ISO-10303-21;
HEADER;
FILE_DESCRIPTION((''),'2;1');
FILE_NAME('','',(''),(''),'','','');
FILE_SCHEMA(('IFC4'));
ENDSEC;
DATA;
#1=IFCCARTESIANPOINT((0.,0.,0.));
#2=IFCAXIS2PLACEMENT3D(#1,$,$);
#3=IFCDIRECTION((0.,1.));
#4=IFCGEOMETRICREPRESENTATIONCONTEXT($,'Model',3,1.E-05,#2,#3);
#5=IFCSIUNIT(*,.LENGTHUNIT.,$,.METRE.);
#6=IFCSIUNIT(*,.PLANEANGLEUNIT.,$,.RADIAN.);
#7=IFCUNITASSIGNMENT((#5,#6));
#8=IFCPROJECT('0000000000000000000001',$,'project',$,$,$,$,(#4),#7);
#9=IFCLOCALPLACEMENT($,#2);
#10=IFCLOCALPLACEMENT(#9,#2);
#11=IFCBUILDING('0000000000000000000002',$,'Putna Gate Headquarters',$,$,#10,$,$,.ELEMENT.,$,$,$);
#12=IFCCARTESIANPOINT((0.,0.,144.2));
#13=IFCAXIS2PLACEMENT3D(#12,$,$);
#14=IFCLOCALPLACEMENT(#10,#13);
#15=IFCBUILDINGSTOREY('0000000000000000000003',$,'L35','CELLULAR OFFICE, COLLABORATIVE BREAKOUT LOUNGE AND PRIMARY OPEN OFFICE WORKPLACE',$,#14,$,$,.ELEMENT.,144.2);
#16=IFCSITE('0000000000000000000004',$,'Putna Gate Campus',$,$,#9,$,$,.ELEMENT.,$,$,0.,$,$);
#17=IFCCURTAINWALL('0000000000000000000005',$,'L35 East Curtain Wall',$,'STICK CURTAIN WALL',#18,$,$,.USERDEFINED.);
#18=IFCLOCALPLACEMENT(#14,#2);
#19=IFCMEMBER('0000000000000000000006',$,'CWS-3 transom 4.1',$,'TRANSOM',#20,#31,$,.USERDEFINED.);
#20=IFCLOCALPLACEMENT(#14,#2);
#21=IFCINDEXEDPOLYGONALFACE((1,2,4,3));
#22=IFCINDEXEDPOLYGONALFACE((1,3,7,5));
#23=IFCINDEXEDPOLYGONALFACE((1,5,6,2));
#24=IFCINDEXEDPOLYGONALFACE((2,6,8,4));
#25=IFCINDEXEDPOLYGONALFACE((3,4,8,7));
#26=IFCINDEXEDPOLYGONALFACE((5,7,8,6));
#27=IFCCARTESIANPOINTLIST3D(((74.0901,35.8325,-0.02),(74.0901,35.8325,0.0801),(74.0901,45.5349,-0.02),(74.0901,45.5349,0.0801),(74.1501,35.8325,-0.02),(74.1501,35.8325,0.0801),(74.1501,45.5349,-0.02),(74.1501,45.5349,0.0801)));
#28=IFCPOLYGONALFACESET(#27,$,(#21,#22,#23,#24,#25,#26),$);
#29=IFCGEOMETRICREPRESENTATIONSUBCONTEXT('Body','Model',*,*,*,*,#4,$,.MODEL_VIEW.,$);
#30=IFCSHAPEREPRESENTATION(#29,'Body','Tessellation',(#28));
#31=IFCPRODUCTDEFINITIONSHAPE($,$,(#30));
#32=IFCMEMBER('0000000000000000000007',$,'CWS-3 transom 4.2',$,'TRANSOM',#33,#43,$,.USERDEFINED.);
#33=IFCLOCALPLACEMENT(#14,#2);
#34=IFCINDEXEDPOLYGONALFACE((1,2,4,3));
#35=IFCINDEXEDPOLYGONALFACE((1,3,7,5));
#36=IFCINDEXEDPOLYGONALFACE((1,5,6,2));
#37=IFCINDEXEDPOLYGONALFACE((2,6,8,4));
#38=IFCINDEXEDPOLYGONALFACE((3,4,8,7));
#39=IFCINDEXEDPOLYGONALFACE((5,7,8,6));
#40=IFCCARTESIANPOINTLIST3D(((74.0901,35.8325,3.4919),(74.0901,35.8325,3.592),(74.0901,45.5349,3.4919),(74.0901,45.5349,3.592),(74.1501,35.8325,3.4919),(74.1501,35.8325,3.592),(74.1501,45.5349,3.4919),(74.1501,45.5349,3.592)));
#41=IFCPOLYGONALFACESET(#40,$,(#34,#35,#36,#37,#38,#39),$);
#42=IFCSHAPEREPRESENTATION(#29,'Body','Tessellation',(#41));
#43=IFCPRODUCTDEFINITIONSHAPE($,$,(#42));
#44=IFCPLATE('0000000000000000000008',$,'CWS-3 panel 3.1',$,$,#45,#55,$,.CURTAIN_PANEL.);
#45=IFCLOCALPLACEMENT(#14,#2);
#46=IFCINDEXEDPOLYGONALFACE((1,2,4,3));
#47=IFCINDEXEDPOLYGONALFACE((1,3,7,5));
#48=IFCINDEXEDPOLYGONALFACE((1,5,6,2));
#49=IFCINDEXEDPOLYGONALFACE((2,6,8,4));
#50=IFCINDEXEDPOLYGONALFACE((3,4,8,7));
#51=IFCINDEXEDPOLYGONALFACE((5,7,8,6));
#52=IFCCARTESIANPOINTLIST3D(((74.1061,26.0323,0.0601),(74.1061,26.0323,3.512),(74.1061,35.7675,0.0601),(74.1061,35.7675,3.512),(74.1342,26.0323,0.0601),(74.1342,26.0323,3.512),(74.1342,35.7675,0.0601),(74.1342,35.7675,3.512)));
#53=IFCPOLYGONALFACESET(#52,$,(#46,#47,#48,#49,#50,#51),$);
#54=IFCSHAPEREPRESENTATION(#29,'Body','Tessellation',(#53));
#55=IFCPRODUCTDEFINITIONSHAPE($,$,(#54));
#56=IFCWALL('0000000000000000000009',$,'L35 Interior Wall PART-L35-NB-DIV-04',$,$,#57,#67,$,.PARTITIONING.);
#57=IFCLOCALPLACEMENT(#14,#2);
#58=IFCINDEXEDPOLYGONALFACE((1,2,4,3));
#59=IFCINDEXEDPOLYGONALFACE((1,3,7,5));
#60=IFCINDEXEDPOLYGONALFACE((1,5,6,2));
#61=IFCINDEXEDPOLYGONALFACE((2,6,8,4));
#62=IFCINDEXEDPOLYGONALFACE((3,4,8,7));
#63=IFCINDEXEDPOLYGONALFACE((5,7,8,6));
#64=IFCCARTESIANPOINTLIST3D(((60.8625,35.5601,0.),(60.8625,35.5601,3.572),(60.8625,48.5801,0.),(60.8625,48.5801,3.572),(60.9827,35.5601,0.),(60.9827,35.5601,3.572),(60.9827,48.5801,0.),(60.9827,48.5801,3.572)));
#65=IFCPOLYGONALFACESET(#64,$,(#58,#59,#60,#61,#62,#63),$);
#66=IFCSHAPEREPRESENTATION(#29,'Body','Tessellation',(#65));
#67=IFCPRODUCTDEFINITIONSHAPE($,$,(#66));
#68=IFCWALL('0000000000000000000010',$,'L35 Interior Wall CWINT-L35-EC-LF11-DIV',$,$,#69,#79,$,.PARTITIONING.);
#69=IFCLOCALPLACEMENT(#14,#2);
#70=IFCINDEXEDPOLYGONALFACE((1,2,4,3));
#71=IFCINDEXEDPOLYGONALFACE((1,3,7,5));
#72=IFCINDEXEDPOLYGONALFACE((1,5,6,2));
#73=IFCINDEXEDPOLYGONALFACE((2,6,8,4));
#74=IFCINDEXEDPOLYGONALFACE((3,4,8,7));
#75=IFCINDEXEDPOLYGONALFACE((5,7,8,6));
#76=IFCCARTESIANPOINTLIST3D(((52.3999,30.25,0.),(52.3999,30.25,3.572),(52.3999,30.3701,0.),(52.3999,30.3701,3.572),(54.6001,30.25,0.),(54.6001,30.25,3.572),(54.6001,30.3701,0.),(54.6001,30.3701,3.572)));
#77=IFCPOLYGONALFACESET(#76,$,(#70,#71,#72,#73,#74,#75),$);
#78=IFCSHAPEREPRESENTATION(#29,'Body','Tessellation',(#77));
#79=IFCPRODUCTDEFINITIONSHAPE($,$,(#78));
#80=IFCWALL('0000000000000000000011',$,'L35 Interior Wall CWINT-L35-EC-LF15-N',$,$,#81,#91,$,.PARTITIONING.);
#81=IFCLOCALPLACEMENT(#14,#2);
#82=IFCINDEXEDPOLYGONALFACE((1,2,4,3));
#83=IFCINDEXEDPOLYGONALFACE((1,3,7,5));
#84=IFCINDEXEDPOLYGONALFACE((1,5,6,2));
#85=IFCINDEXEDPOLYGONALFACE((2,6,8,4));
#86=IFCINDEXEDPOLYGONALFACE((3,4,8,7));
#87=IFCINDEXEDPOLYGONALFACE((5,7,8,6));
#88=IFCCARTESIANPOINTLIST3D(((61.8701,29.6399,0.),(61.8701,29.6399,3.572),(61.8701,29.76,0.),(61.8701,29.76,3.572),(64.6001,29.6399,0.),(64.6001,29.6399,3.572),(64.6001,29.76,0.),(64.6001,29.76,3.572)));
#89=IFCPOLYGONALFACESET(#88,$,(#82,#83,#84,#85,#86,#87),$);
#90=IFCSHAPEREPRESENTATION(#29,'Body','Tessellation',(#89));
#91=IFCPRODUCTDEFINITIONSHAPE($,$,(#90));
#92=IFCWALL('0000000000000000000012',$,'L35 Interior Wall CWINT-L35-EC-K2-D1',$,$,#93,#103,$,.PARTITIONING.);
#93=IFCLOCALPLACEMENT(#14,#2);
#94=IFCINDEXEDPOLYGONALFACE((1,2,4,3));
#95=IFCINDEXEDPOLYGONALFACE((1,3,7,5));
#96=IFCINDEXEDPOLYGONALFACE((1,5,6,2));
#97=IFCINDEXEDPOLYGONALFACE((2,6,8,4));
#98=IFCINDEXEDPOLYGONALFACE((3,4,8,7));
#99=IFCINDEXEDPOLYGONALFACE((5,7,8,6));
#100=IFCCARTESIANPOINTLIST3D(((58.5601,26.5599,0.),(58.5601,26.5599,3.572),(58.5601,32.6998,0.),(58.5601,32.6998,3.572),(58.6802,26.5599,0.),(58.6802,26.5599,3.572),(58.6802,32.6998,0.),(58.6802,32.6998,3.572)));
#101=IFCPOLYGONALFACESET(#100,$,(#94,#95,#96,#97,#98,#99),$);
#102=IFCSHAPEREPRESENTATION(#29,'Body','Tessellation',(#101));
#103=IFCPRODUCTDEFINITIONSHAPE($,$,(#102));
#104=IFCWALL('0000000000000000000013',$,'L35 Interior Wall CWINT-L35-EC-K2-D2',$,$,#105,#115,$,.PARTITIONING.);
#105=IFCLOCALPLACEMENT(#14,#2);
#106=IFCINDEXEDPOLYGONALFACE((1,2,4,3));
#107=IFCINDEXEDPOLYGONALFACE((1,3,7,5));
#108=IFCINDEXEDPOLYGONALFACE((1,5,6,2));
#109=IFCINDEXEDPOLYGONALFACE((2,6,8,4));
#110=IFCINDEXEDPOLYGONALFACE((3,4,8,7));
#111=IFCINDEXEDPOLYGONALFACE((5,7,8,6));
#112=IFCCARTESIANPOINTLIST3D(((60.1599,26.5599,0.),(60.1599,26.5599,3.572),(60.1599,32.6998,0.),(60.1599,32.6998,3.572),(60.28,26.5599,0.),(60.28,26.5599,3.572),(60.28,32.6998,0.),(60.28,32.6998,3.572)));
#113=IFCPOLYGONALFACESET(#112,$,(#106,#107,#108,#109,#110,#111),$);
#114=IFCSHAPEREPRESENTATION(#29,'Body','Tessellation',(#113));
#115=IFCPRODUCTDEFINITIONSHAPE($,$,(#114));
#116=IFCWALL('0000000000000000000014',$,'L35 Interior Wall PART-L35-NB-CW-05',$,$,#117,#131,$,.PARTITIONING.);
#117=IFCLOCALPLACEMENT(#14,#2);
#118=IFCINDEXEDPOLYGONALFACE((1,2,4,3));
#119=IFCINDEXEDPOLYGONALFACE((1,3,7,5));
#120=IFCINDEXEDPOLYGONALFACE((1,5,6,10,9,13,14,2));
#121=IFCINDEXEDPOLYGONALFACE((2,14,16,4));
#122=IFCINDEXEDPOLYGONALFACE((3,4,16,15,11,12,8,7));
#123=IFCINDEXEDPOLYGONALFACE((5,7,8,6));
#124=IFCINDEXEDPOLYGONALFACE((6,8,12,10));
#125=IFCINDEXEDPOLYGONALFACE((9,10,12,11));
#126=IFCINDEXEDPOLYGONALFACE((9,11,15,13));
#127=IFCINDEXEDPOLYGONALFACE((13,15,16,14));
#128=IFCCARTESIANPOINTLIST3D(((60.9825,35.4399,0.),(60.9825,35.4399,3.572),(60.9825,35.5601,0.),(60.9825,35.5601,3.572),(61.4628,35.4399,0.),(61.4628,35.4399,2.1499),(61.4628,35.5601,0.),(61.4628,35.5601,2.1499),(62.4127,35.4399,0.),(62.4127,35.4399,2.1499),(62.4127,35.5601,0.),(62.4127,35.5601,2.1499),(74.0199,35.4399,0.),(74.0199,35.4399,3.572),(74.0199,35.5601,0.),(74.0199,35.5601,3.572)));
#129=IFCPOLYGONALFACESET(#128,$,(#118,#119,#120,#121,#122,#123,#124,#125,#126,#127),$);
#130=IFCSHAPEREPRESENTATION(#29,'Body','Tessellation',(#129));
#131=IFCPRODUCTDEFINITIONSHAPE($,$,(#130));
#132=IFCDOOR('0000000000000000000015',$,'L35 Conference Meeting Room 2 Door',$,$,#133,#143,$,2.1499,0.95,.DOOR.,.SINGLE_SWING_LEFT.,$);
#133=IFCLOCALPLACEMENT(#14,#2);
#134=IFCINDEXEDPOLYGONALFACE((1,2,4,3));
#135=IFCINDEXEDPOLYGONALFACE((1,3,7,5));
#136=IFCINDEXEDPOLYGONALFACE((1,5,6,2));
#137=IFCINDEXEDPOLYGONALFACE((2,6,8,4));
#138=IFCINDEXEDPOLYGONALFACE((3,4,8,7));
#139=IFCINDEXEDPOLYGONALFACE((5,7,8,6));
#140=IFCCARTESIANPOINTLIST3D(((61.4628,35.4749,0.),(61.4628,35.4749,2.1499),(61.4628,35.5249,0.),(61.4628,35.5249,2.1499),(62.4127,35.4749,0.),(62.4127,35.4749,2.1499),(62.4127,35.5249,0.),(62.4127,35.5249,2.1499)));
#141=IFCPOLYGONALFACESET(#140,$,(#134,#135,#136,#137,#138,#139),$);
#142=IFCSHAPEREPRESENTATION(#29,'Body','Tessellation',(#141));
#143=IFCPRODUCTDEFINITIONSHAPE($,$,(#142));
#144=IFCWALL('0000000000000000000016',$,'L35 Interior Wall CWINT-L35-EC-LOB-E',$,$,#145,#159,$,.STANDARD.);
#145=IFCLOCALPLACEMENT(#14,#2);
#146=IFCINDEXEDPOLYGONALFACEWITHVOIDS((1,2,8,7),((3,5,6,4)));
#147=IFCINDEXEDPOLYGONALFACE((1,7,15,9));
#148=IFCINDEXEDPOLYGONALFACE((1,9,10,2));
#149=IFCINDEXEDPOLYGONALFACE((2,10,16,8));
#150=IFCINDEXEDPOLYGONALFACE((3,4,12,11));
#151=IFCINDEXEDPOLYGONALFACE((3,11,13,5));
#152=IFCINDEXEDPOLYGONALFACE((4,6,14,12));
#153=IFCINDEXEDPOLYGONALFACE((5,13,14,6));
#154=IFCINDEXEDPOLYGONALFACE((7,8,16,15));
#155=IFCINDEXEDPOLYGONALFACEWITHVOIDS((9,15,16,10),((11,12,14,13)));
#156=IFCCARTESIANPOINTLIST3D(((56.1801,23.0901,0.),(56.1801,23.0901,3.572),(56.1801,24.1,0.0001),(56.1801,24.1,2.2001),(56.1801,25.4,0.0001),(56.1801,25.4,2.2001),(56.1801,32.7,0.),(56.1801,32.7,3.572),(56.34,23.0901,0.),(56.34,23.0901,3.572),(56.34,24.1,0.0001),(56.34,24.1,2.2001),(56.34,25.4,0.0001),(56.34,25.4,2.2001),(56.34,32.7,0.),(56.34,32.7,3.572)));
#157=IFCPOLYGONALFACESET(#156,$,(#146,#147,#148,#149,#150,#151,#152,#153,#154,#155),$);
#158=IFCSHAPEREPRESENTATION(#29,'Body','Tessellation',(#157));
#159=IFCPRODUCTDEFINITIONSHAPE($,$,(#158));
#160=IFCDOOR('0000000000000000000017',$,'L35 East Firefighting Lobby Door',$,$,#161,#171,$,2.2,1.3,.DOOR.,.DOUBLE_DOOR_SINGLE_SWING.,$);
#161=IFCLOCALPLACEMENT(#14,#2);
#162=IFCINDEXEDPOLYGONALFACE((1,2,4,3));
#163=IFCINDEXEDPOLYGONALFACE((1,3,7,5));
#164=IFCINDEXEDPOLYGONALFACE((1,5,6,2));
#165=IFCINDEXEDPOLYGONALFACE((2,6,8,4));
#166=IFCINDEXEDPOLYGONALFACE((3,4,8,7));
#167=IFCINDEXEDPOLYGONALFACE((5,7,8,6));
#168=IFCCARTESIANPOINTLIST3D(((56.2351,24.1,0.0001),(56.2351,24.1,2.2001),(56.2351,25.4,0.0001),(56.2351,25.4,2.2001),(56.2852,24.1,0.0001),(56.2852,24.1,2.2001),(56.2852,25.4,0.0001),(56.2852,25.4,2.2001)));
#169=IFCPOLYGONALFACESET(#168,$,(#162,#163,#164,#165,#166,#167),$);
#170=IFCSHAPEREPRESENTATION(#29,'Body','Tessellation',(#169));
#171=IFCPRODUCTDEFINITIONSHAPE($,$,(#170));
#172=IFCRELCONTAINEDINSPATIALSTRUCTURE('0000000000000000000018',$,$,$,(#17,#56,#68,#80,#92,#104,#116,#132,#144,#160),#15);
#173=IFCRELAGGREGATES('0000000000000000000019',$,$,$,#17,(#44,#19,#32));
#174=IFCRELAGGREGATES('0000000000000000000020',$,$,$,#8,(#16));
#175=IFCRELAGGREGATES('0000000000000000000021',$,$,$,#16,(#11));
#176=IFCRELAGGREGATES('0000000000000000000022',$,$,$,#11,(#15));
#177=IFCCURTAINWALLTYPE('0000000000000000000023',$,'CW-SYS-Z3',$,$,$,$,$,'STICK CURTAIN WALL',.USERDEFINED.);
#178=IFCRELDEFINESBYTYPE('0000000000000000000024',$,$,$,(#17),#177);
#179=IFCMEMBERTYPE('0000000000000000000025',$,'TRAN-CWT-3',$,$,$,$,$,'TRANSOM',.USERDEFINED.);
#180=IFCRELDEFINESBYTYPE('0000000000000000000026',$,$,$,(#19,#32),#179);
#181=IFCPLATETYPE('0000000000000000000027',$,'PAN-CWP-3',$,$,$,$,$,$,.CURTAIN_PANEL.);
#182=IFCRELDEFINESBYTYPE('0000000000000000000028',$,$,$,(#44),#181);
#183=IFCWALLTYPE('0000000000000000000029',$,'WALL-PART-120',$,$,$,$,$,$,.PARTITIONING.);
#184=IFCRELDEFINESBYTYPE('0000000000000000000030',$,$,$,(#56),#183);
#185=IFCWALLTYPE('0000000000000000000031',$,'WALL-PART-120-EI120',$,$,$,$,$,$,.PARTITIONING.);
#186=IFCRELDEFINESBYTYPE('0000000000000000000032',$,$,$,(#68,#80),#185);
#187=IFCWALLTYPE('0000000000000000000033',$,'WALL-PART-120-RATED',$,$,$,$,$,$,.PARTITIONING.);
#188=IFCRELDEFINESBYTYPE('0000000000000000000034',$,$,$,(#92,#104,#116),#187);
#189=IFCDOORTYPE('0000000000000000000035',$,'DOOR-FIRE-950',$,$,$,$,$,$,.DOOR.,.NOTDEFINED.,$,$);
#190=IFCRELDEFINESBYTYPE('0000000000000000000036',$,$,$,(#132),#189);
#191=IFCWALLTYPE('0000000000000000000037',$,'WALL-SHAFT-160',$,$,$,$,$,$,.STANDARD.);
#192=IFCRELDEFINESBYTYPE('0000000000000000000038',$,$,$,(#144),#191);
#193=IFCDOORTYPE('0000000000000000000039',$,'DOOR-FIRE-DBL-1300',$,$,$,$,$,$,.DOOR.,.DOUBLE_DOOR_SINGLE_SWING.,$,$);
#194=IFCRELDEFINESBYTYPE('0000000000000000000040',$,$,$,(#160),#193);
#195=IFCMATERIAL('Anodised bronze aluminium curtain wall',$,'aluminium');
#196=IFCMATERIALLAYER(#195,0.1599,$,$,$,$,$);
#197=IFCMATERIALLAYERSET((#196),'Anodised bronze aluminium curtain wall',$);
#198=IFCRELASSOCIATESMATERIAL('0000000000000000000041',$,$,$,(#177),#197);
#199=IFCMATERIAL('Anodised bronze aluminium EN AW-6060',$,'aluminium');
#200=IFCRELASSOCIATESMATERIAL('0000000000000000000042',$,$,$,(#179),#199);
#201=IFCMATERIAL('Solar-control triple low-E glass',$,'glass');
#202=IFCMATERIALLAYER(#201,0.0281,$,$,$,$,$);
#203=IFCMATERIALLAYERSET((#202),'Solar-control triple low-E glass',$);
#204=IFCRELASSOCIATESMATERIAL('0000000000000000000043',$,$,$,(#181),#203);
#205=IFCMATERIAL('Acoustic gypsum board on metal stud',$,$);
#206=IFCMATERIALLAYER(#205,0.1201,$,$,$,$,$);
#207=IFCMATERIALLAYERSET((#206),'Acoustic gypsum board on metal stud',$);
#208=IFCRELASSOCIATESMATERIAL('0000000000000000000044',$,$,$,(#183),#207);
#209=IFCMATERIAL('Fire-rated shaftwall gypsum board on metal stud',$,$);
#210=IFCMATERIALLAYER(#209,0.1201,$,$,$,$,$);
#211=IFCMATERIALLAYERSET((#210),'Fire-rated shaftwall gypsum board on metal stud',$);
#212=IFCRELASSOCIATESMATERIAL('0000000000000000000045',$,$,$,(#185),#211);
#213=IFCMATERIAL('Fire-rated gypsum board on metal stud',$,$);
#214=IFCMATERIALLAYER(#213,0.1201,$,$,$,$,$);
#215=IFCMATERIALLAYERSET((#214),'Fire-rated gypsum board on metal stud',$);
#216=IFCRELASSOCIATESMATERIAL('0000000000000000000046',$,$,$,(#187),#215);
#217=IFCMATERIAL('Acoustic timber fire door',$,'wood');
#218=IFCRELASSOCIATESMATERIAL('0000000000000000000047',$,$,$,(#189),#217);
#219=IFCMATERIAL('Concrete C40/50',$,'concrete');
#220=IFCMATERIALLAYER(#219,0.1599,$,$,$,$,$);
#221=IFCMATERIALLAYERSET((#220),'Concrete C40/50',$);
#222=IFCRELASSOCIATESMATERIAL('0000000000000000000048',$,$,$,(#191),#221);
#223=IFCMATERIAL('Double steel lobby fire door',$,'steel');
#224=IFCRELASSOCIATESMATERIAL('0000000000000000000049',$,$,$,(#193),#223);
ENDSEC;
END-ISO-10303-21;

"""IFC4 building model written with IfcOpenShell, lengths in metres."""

from ifc_helpers import new_model, si_unit, direction, frame, frame_2d, origin, origin_2d, place, context, subcontext, project, spatial, rectangle, extrude, material, layer, layer_set, material_profile, profile_set, type_object, element, fill, aggregate, save


model = new_model("IFC4")

# Units and contexts
model_context = context("Model", 3, precision=1e-05, world=origin(), true_north=direction((0.0, 1.0)))
body_context = subcontext(model_context, "Body", "Model", "MODEL_VIEW")
ifc_project = project(units=[si_unit("LENGTHUNIT", "METRE"), si_unit("PLANEANGLEUNIT", "RADIAN")], contexts=[model_context])

# Site, building, storey
site_placement = place(None, origin())
site = spatial("IfcSite", under=ifc_project, at=site_placement, Name="Putna Gate Campus", CompositionType="ELEMENT", RefElevation=0.0)
building_placement = place(site_placement, origin())
building = spatial("IfcBuilding", under=site, at=building_placement, Name="Putna Gate Headquarters", CompositionType="ELEMENT")
storey_placement = place(building_placement, frame((0.0, 0.0, 144.2)))
storey = spatial("IfcBuildingStorey", under=building, at=storey_placement, Name="L35", Description="CELLULAR OFFICE, COLLABORATIVE BREAKOUT LOUNGE AND PRIMARY OPEN OFFICE WORKPLACE", CompositionType="ELEMENT", Elevation=144.2)

# Curtain wall, members, plate
ifc_material_1 = material(Name="Anodised bronze aluminium curtain wall", Category="aluminium")
ifc_layer_1 = layer(ifc_material_1, 0.1599)
ifc_layer_set_1 = layer_set([ifc_layer_1], Name="Anodised bronze aluminium curtain wall")
curtain_wall_type = type_object("IfcCurtainWallType", Name="CW-SYS-Z3", ElementType="STICK CURTAIN WALL", PredefinedType="USERDEFINED", material=ifc_layer_set_1)
curtain_wall_placement = place(storey_placement, origin())
curtain_wall = element("IfcCurtainWall", 1, at=curtain_wall_placement, inside=storey, type_object=curtain_wall_type, Name="L35 East Curtain Wall", ObjectType="STICK CURTAIN WALL", PredefinedType="USERDEFINED")
ifc_material_2 = material(Name="Anodised bronze aluminium EN AW-6060", Category="aluminium")
ifc_material_profile_1 = material_profile(ifc_material_2, rectangle(XDim=0.0601, YDim=0.1001, at=origin_2d()), Name="Anodised bronze aluminium EN AW-6060")
ifc_profile_set_1 = profile_set([ifc_material_profile_1], Name="Anodised bronze aluminium EN AW-6060")
member_type_1 = type_object("IfcMemberType", Name="TRAN-CWT-3", ElementType="TRANSOM", PredefinedType="USERDEFINED", material=ifc_profile_set_1)
member_1_placement = place(storey_placement, frame((74.1201, 35.8325, 0.03), z_axis=(0.0, 1.0, 0.0), x_axis=(-1.0, 0.0, 0.0)))
member_1 = element("IfcMember", 2, at=member_1_placement, type_object=member_type_1, Name="CWS-3 transom 4.1", ObjectType="TRANSOM", PredefinedType="USERDEFINED", context=body_context, shape_type="SweptSolid", body=[
    extrude(rectangle(XDim=0.0601, YDim=0.1001, at=origin_2d()), origin(), (0.0, 0.0, 1.0), 9.7024),
])
member_2_placement = place(storey_placement, frame((74.1201, 35.8325, 3.542), z_axis=(0.0, 1.0, 0.0), x_axis=(-1.0, 0.0, 0.0)))
member_2 = element("IfcMember", 3, at=member_2_placement, type_object=member_type_1, Name="CWS-3 transom 4.2", ObjectType="TRANSOM", PredefinedType="USERDEFINED", context=body_context, shape_type="SweptSolid", body=[
    extrude(rectangle(XDim=0.0601, YDim=0.1001, at=origin_2d()), origin(), (0.0, 0.0, 1.0), 9.7024),
])
ifc_material_3 = material(Name="Solar-control triple low-E glass", Category="glass")
ifc_layer_2 = layer(ifc_material_3, 0.0281)
ifc_layer_set_2 = layer_set([ifc_layer_2], Name="Solar-control triple low-E glass")
plate_type = type_object("IfcPlateType", Name="PAN-CWP-3", PredefinedType="CURTAIN_PANEL", material=ifc_layer_set_2)
plate_placement = place(storey_placement, frame((74.1201, 30.8999, 0.0601), z_axis=(0.0, 0.0, 1.0), x_axis=(0.0, 1.0, 0.0)))
plate = element("IfcPlate", 4, at=plate_placement, type_object=plate_type, Name="CWS-3 panel 3.1", PredefinedType="CURTAIN_PANEL", context=body_context, shape_type="SweptSolid", body=[
    extrude(rectangle(XDim=9.7351, YDim=0.0281, at=origin_2d()), origin(), (0.0, 0.0, 1.0), 3.4519),
])
aggregate(curtain_wall, [plate, member_1, member_2])

# Walls
ifc_material_4 = material(Name="Acoustic gypsum board on metal stud")
ifc_layer_3 = layer(ifc_material_4, 0.1201)
ifc_layer_set_3 = layer_set([ifc_layer_3], Name="Acoustic gypsum board on metal stud")
wall_type_1 = type_object("IfcWallType", Name="WALL-PART-120", PredefinedType="PARTITIONING", material=ifc_layer_set_3)
wall_1_placement = place(storey_placement, frame((60.9226, 35.5601, 0.0), z_axis=(0.0, 0.0, 1.0), x_axis=(0.0, 1.0, 0.0)))
element("IfcWall", 5, at=wall_1_placement, inside=storey, type_object=wall_type_1, Name="L35 Interior Wall PART-L35-NB-DIV-04", PredefinedType="PARTITIONING", context=body_context, shape_type="SweptSolid", body=[
    extrude(rectangle(XDim=13.02, YDim=0.1201, at=frame_2d((6.51, 0.0))), origin(), (0.0, 0.0, 1.0), 3.572),
])
ifc_material_5 = material(Name="Fire-rated shaftwall gypsum board on metal stud")
ifc_layer_4 = layer(ifc_material_5, 0.1201)
ifc_layer_set_4 = layer_set([ifc_layer_4], Name="Fire-rated shaftwall gypsum board on metal stud")
wall_type_2 = type_object("IfcWallType", Name="WALL-PART-120-EI120", PredefinedType="PARTITIONING", material=ifc_layer_set_4)
wall_2_placement = place(storey_placement, frame((52.3999, 30.3101, 0.0), z_axis=(0.0, 0.0, 1.0), x_axis=(1.0, 0.0, 0.0)))
element("IfcWall", 6, at=wall_2_placement, inside=storey, type_object=wall_type_2, Name="L35 Interior Wall CWINT-L35-EC-LF11-DIV", PredefinedType="PARTITIONING", context=body_context, shape_type="SweptSolid", body=[
    extrude(rectangle(XDim=2.2002, YDim=0.1201, at=frame_2d((1.1001, 0.0))), origin(), (0.0, 0.0, 1.0), 3.572),
])
wall_3_placement = place(storey_placement, frame((61.8701, 29.7, 0.0), z_axis=(0.0, 0.0, 1.0), x_axis=(1.0, 0.0, 0.0)))
element("IfcWall", 7, at=wall_3_placement, inside=storey, type_object=wall_type_2, Name="L35 Interior Wall CWINT-L35-EC-LF15-N", PredefinedType="PARTITIONING", context=body_context, shape_type="SweptSolid", body=[
    extrude(rectangle(XDim=2.73, YDim=0.1201, at=frame_2d((1.365, 0.0))), origin(), (0.0, 0.0, 1.0), 3.572),
])
ifc_material_6 = material(Name="Fire-rated gypsum board on metal stud")
ifc_layer_5 = layer(ifc_material_6, 0.1201)
ifc_layer_set_5 = layer_set([ifc_layer_5], Name="Fire-rated gypsum board on metal stud")
wall_type_3 = type_object("IfcWallType", Name="WALL-PART-120-RATED", PredefinedType="PARTITIONING", material=ifc_layer_set_5)
for number, where, z_axis, x_axis, name in (
    (8, (58.6201, 26.5601, 0.0), (0.0, 0.0, 1.0), (0.0, 1.0, 0.0), "L35 Interior Wall CWINT-L35-EC-K2-D1"),
    (9, (60.22, 26.5601, 0.0), (0.0, 0.0, 1.0), (0.0, 1.0, 0.0), "L35 Interior Wall CWINT-L35-EC-K2-D2"),
):
    element("IfcWall", number, at=place(storey_placement, frame(where, z_axis=z_axis, x_axis=x_axis)), inside=storey, type_object=wall_type_3, Name=name, PredefinedType="PARTITIONING", context=body_context, shape_type="SweptSolid", body=[
        extrude(rectangle(XDim=6.1399, YDim=0.1201, at=frame_2d((3.0698, 0.0))), origin(), (0.0, 0.0, 1.0), 3.572),
    ])

# Walls, openings, doors
wall_4_placement = place(storey_placement, frame((60.9827, 35.5, 0.0), z_axis=(0.0, 0.0, 1.0), x_axis=(1.0, 0.0, 0.0)))
wall_4 = element("IfcWall", 10, at=wall_4_placement, inside=storey, type_object=wall_type_3, Name="L35 Interior Wall PART-L35-NB-CW-05", PredefinedType="PARTITIONING", context=body_context, shape_type="SweptSolid", body=[
    extrude(rectangle(XDim=13.0374, YDim=0.1201, at=frame_2d((6.5186, 0.0))), origin(), (0.0, 0.0, 1.0), 3.572),
])
opening_1_placement = place(wall_4_placement, frame((0.48, 0.0, 0.0)))
opening_1 = element("IfcOpeningElement", 11, at=opening_1_placement, cuts=wall_4, PredefinedType="OPENING", context=body_context, shape_type="SweptSolid", body=[
    extrude(rectangle(XDim=0.95, YDim=2.1499, at=frame_2d((0.4751, 1.075))), frame((0.0, 0.0701, 0.0), z_axis=(0.0, -1.0, 0.0), x_axis=(1.0, 0.0, 0.0)), (0.0, 0.0, 1.0), 0.1401),
])
ifc_material_7 = material(Name="Acoustic timber fire door", Category="wood")
door_type_1 = type_object("IfcDoorType", Name="DOOR-FIRE-950", OperationType="NOTDEFINED", PredefinedType="DOOR", material=ifc_material_7)
door_1_placement = place(opening_1_placement, origin())
door_1 = element("IfcDoor", 12, at=door_1_placement, inside=storey, type_object=door_type_1, Name="L35 Conference Meeting Room 2 Door", OperationType="SINGLE_SWING_LEFT", OverallHeight=2.1499, OverallWidth=0.95, PredefinedType="DOOR", context=body_context, shape_type="SweptSolid", body=[
    extrude(rectangle(XDim=0.95, YDim=2.1499, at=frame_2d((0.4751, 1.075))), frame((0.0, 0.0249, 0.0), z_axis=(0.0, -1.0, 0.0), x_axis=(1.0, 0.0, 0.0)), (0.0, 0.0, 1.0), 0.05),
])
fill(opening_1, door_1)
ifc_material_8 = material(Name="Concrete C40/50", Category="concrete")
ifc_layer_6 = layer(ifc_material_8, 0.1599)
ifc_layer_set_6 = layer_set([ifc_layer_6], Name="Concrete C40/50")
wall_type_4 = type_object("IfcWallType", Name="WALL-SHAFT-160", PredefinedType="STANDARD", material=ifc_layer_set_6)
wall_5_placement = place(storey_placement, frame((56.26, 23.0901, 0.0), z_axis=(0.0, 0.0, 1.0), x_axis=(0.0, 1.0, 0.0)))
wall_5 = element("IfcWall", 13, at=wall_5_placement, inside=storey, type_object=wall_type_4, Name="L35 Interior Wall CWINT-L35-EC-LOB-E", PredefinedType="STANDARD", context=body_context, shape_type="SweptSolid", body=[
    extrude(rectangle(XDim=9.6099, YDim=0.1599, at=frame_2d((4.8049, 0.0))), origin(), (0.0, 0.0, 1.0), 3.572),
])
opening_2_placement = place(wall_5_placement, frame((1.01, 0.0, 0.0)))
opening_2 = element("IfcOpeningElement", 14, at=opening_2_placement, cuts=wall_5, PredefinedType="OPENING", context=body_context, shape_type="SweptSolid", body=[
    extrude(rectangle(XDim=1.3, YDim=2.2, at=frame_2d((0.6499, 1.1001))), frame((0.0, 0.0898, 0.0), z_axis=(0.0, -1.0, 0.0), x_axis=(1.0, 0.0, 0.0)), (0.0, 0.0, 1.0), 0.1799),
])
ifc_material_9 = material(Name="Double steel lobby fire door", Category="steel")
door_type_2 = type_object("IfcDoorType", Name="DOOR-FIRE-DBL-1300", OperationType="DOUBLE_DOOR_SINGLE_SWING", PredefinedType="DOOR", material=ifc_material_9)
door_2_placement = place(opening_2_placement, origin())
door_2 = element("IfcDoor", 15, at=door_2_placement, inside=storey, type_object=door_type_2, Name="L35 East Firefighting Lobby Door", OperationType="DOUBLE_DOOR_SINGLE_SWING", OverallHeight=2.2, OverallWidth=1.3, PredefinedType="DOOR", context=body_context, shape_type="SweptSolid", body=[
    extrude(rectangle(XDim=1.3, YDim=2.2, at=frame_2d((0.6499, 1.1001))), frame((0.0, 0.0249, 0.0), z_axis=(0.0, -1.0, 0.0), x_axis=(1.0, 0.0, 0.0)), (0.0, 0.0, 1.0), 0.05),
])
fill(opening_2, door_2)

save(model, "model.ifc")
